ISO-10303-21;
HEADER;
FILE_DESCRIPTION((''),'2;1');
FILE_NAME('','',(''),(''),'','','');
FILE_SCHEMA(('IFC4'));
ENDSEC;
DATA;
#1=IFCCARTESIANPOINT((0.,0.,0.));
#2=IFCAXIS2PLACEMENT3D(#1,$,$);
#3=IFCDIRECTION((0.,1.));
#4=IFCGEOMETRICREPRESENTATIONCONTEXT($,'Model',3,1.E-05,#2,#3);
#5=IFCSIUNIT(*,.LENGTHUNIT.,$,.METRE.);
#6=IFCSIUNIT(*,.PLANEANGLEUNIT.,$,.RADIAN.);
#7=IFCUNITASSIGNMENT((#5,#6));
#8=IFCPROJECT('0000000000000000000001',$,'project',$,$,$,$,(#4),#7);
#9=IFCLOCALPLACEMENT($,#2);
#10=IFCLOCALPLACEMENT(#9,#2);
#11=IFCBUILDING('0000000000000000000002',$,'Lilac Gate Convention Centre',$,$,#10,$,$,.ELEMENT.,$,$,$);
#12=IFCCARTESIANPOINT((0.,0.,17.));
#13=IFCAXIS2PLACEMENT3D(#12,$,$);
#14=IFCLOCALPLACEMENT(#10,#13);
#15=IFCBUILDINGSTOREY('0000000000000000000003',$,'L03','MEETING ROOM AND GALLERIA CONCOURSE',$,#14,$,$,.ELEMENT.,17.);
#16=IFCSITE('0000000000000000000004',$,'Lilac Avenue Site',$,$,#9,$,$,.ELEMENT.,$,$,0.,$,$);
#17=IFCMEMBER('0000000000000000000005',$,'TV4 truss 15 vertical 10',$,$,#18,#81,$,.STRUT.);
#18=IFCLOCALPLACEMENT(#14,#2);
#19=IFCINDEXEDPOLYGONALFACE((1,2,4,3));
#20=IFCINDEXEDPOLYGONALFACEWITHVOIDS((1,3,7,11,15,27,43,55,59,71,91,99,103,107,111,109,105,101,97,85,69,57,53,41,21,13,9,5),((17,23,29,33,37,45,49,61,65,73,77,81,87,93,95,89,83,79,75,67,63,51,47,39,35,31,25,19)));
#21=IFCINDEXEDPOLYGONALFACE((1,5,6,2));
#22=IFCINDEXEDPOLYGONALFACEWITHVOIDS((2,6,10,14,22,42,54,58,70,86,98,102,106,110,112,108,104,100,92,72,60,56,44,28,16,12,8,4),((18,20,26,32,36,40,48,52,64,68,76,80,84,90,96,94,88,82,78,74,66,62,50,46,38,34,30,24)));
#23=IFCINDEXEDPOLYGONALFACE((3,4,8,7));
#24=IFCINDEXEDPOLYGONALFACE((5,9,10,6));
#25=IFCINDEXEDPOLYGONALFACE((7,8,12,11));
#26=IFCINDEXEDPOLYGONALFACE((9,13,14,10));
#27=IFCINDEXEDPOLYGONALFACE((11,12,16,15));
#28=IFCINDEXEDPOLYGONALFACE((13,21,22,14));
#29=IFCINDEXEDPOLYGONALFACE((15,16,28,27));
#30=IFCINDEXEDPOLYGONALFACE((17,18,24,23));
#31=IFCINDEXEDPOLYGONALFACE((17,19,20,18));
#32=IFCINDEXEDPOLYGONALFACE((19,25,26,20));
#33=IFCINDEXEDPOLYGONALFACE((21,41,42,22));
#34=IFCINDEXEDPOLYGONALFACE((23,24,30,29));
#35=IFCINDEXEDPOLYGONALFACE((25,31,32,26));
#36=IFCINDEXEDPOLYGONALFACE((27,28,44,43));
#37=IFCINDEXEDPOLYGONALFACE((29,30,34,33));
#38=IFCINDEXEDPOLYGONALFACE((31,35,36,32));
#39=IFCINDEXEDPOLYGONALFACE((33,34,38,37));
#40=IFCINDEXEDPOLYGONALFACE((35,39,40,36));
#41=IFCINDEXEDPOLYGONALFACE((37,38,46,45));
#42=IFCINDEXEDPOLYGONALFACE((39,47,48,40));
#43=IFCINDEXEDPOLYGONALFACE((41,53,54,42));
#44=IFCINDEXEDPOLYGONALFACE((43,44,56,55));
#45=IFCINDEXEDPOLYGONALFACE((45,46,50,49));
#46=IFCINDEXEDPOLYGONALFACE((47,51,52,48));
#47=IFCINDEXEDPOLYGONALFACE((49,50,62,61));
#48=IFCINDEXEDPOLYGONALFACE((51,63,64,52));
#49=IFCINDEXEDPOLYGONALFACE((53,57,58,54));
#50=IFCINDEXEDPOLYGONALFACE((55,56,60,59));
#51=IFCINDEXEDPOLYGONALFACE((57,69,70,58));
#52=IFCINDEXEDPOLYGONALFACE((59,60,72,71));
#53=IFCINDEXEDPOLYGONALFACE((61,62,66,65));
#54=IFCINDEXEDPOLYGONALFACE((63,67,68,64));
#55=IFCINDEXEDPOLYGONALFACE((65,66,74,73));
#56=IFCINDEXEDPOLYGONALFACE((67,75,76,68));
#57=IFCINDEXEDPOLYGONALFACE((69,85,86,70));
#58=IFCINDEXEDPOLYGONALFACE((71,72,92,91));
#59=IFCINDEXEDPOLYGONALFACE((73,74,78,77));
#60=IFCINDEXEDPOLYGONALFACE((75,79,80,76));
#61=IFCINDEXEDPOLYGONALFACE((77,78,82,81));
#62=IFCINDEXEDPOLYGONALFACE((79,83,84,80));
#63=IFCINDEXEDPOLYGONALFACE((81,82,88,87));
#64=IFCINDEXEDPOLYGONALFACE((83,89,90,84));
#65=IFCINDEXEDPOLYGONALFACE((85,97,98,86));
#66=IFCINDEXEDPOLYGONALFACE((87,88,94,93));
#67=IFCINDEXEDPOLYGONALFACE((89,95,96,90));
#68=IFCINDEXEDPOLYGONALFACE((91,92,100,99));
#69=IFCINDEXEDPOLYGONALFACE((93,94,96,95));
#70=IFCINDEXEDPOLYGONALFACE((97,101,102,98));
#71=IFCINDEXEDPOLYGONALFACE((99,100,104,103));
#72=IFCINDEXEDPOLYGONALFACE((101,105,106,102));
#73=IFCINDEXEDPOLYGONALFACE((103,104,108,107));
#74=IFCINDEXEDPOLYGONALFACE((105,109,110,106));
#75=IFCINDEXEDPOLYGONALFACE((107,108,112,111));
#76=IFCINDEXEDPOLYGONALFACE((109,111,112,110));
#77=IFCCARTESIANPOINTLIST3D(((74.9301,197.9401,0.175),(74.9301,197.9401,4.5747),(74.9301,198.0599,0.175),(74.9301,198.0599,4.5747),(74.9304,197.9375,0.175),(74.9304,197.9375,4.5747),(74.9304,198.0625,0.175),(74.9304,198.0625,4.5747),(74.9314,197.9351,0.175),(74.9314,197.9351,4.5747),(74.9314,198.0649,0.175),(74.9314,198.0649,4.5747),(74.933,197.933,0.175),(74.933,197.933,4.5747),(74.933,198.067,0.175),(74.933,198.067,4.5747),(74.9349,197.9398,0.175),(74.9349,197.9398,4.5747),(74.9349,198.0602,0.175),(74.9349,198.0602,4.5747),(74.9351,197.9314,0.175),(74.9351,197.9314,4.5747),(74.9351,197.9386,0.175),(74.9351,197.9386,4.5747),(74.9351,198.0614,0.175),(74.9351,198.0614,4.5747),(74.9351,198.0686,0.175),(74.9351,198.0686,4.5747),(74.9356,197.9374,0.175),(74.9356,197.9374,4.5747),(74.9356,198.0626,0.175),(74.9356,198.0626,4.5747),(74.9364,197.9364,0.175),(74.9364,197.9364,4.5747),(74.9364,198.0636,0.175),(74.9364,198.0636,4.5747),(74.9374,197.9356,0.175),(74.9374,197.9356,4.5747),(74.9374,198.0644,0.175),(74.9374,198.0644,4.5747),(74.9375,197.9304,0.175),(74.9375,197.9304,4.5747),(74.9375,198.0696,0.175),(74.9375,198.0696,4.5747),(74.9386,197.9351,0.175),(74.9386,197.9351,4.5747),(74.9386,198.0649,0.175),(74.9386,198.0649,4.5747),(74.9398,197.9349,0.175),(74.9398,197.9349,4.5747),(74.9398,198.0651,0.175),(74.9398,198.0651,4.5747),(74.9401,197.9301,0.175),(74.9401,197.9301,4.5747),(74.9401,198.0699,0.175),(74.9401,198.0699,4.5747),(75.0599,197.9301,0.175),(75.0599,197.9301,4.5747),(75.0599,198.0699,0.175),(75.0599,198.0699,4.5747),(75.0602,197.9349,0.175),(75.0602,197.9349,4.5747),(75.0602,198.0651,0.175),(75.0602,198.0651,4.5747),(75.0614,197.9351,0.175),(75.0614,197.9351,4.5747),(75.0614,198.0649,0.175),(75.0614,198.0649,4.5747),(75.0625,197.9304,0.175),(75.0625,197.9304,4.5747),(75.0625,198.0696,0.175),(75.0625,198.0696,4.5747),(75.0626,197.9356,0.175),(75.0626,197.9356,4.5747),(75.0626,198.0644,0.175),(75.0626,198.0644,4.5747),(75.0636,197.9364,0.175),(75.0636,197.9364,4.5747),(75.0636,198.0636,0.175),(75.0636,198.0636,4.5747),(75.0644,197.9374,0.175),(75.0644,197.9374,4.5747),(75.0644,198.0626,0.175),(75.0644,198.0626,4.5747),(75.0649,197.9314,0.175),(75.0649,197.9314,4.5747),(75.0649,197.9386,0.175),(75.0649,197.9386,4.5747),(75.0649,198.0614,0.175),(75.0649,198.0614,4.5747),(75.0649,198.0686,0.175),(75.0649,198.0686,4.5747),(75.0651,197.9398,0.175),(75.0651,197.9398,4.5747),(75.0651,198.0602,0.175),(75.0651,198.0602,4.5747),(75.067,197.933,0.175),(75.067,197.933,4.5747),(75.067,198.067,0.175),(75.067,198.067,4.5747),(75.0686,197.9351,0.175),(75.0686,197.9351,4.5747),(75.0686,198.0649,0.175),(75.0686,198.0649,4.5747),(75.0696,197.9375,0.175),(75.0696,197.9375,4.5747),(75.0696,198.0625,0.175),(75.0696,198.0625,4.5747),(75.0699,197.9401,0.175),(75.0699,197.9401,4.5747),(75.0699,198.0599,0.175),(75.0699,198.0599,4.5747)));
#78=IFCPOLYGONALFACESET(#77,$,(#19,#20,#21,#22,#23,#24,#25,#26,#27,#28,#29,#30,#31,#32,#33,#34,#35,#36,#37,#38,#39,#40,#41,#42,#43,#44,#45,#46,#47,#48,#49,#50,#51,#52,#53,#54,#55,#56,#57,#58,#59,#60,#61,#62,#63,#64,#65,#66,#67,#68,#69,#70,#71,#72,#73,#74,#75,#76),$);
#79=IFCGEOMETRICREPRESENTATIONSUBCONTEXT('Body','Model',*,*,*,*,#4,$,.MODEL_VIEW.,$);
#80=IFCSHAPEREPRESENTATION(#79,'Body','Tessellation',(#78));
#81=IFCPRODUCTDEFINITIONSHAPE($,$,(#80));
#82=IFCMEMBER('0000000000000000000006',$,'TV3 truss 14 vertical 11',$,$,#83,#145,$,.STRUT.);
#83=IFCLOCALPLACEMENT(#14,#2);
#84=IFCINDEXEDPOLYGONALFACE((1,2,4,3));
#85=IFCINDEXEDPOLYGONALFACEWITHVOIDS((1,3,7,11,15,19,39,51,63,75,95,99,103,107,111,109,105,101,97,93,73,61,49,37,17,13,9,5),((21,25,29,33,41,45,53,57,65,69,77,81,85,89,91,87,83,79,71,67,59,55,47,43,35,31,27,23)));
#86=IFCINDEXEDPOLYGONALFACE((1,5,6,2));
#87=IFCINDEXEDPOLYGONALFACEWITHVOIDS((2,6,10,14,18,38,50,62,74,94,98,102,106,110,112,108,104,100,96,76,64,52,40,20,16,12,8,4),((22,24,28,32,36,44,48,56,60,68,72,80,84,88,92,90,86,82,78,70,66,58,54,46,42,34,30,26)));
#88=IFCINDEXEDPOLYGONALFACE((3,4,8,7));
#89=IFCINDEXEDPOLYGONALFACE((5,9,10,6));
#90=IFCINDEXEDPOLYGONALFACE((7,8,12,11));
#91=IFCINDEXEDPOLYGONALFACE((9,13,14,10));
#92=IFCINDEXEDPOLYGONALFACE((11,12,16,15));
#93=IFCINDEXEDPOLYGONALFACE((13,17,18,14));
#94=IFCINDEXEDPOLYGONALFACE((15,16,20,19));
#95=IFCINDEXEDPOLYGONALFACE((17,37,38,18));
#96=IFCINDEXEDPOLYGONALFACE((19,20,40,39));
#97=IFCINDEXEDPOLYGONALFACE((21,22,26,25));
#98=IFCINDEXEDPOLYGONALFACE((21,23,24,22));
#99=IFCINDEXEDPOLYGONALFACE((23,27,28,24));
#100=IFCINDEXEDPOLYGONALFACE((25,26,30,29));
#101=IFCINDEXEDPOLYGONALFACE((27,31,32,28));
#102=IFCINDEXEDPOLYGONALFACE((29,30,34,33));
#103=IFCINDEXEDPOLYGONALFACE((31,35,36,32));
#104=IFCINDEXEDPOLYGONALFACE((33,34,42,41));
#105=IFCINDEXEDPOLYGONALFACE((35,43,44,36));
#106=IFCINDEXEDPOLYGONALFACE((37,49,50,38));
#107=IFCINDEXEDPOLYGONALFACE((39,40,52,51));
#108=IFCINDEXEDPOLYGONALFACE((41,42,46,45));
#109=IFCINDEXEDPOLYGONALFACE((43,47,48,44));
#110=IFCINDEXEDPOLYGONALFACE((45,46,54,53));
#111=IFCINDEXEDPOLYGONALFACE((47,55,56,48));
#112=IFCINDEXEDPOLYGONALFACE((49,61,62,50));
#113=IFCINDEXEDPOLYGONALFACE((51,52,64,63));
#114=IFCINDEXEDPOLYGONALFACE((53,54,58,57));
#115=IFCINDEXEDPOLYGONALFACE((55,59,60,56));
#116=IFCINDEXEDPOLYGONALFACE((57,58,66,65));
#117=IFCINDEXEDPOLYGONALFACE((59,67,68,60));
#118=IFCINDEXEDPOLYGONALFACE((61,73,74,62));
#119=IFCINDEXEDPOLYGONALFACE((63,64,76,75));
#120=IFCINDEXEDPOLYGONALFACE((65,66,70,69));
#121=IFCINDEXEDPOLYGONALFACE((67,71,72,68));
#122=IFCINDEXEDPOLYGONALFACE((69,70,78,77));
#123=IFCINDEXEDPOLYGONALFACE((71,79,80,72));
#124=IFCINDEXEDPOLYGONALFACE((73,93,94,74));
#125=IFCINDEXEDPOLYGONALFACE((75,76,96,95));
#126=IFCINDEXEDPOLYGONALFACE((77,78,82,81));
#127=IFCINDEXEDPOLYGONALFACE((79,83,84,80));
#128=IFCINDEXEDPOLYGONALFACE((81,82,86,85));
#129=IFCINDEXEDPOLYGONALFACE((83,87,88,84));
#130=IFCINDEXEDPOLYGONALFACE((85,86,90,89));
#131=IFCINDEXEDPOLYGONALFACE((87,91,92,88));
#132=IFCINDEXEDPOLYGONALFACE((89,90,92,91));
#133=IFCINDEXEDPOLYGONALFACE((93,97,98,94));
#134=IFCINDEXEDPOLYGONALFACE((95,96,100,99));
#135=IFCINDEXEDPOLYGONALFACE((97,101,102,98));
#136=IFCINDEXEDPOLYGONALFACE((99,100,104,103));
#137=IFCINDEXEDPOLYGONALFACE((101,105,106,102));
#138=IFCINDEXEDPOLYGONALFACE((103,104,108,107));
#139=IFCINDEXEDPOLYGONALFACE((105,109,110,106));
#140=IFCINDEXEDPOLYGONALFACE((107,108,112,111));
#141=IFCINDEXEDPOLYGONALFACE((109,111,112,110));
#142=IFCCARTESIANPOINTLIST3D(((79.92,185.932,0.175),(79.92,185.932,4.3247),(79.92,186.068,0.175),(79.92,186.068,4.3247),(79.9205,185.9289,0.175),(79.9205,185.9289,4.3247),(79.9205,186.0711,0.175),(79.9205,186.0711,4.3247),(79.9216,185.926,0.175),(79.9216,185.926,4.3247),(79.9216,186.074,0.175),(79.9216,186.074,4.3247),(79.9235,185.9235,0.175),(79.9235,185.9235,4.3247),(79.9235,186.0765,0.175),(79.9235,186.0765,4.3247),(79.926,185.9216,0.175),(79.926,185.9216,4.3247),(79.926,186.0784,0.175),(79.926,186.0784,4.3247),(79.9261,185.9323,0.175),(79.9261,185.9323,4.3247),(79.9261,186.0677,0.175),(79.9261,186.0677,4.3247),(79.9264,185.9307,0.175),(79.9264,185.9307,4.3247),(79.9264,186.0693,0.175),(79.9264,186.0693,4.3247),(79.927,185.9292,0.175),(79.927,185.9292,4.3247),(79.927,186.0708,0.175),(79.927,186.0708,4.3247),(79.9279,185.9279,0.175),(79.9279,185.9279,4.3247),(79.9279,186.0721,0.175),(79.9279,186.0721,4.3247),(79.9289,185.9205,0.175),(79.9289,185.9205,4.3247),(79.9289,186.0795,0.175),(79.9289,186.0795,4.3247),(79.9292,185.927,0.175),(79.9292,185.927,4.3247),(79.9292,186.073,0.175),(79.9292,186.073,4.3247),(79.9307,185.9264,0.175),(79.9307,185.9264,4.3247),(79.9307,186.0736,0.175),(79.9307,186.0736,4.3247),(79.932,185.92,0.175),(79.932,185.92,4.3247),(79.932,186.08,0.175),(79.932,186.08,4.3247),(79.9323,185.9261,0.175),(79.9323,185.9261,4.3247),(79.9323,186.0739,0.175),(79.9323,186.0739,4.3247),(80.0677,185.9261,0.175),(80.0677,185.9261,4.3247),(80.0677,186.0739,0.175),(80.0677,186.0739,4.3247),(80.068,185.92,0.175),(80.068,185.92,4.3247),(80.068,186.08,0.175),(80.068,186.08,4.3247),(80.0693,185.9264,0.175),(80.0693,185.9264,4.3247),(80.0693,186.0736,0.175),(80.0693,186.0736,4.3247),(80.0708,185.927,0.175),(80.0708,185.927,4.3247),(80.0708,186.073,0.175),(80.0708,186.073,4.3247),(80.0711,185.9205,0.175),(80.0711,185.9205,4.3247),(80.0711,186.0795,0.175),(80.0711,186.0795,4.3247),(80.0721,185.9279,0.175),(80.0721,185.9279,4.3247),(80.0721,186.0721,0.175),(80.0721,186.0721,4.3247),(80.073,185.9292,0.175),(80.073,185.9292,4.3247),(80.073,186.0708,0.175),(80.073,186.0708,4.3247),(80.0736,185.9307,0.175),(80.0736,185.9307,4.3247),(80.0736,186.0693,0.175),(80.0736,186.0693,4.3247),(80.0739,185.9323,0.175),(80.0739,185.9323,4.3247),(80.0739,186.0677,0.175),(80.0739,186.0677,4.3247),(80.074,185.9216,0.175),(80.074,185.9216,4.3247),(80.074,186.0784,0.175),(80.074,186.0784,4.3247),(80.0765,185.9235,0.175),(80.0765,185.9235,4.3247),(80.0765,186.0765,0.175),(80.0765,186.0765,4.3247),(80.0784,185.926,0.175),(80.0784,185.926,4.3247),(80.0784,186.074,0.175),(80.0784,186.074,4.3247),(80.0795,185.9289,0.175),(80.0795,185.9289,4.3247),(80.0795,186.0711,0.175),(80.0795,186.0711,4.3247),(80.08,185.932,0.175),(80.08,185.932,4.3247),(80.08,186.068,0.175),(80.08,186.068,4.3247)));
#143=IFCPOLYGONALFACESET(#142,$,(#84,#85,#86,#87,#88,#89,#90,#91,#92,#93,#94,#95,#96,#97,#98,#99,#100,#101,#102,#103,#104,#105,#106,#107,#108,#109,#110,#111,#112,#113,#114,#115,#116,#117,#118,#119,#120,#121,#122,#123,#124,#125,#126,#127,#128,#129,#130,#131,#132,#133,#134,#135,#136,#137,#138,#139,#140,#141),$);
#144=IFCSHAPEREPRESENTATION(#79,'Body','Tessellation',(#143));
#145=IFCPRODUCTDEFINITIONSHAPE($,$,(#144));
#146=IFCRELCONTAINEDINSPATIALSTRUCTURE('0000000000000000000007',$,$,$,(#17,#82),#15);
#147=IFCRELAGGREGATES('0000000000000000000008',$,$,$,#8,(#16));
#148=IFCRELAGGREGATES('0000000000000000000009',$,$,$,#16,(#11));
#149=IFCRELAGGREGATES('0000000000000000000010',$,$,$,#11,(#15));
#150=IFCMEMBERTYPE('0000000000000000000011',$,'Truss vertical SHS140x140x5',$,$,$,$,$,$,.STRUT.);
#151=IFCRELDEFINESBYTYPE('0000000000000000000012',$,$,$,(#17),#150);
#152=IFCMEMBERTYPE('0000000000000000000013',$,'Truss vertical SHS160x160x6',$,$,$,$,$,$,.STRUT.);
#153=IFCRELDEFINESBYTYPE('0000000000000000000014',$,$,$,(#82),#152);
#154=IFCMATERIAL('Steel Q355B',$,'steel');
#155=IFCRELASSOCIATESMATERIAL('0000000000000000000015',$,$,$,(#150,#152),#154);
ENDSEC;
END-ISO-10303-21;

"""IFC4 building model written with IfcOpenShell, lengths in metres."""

from ifc_helpers import new_model, si_unit, direction, frame, origin, origin_2d, place, context, subcontext, project, spatial, hollow_rectangle, extrude, material, material_profile, profile_set, type_object, element, save


model = new_model("IFC4")

# Units and contexts
model_context = context("Model", 3, precision=1e-05, world=origin(), true_north=direction((0.0, 1.0)))
body_context = subcontext(model_context, "Body", "Model", "MODEL_VIEW")
ifc_project = project(units=[si_unit("LENGTHUNIT", "METRE"), si_unit("PLANEANGLEUNIT", "RADIAN")], contexts=[model_context])

# Site, building, storey
site_placement = place(None, origin())
site = spatial("IfcSite", under=ifc_project, at=site_placement, Name="Lilac Avenue Site", CompositionType="ELEMENT", RefElevation=0.0)
building_placement = place(site_placement, origin())
building = spatial("IfcBuilding", under=site, at=building_placement, Name="Lilac Gate Convention Centre", CompositionType="ELEMENT")
storey_placement = place(building_placement, frame((0.0, 0.0, 17.0)))
storey = spatial("IfcBuildingStorey", under=building, at=storey_placement, Name="L03", Description="MEETING ROOM AND GALLERIA CONCOURSE", CompositionType="ELEMENT", Elevation=17.0)

# Members
ifc_material = material(Name="Steel Q355B", Category="steel")
ifc_material_profile_1 = material_profile(ifc_material, hollow_rectangle(XDim=0.1399, YDim=0.1399, WallThickness=0.0049, InnerFilletRadius=0.0049, OuterFilletRadius=0.01, at=origin_2d()), Name="SHS140x140x5")
ifc_profile_set_1 = profile_set([ifc_material_profile_1], Name="Steel Q355B")
member_type_1 = type_object("IfcMemberType", Name="Truss vertical SHS140x140x5", PredefinedType="STRUT", material=ifc_profile_set_1)
member_1_placement = place(storey_placement, frame((75.0, 198.0, 0.175), z_axis=(0.0, 0.0, 1.0), x_axis=(1.0, 0.0, 0.0)))
element("IfcMember", 1, at=member_1_placement, inside=storey, type_object=member_type_1, Name="TV4 truss 15 vertical 10", PredefinedType="STRUT", context=body_context, shape_type="SweptSolid", body=[
    extrude(hollow_rectangle(XDim=0.1399, YDim=0.1399, WallThickness=0.0049, InnerFilletRadius=0.0049, OuterFilletRadius=0.01, at=origin_2d()), origin(), (0.0, 0.0, 1.0), 4.3997),
])
ifc_material_profile_2 = material_profile(ifc_material, hollow_rectangle(XDim=0.1599, YDim=0.1599, WallThickness=0.0061, InnerFilletRadius=0.0061, OuterFilletRadius=0.012, at=origin_2d()), Name="SHS160x160x6")
ifc_profile_set_2 = profile_set([ifc_material_profile_2], Name="Steel Q355B")
member_type_2 = type_object("IfcMemberType", Name="Truss vertical SHS160x160x6", PredefinedType="STRUT", material=ifc_profile_set_2)
member_2_placement = place(storey_placement, frame((80.0, 186.0, 0.175), z_axis=(0.0, 0.0, 1.0), x_axis=(1.0, 0.0, 0.0)))
element("IfcMember", 2, at=member_2_placement, inside=storey, type_object=member_type_2, Name="TV3 truss 14 vertical 11", PredefinedType="STRUT", context=body_context, shape_type="SweptSolid", body=[
    extrude(hollow_rectangle(XDim=0.1599, YDim=0.1599, WallThickness=0.0061, InnerFilletRadius=0.0061, OuterFilletRadius=0.012, at=origin_2d()), origin(), (0.0, 0.0, 1.0), 4.1497),
])

save(model, "model.ifc")
